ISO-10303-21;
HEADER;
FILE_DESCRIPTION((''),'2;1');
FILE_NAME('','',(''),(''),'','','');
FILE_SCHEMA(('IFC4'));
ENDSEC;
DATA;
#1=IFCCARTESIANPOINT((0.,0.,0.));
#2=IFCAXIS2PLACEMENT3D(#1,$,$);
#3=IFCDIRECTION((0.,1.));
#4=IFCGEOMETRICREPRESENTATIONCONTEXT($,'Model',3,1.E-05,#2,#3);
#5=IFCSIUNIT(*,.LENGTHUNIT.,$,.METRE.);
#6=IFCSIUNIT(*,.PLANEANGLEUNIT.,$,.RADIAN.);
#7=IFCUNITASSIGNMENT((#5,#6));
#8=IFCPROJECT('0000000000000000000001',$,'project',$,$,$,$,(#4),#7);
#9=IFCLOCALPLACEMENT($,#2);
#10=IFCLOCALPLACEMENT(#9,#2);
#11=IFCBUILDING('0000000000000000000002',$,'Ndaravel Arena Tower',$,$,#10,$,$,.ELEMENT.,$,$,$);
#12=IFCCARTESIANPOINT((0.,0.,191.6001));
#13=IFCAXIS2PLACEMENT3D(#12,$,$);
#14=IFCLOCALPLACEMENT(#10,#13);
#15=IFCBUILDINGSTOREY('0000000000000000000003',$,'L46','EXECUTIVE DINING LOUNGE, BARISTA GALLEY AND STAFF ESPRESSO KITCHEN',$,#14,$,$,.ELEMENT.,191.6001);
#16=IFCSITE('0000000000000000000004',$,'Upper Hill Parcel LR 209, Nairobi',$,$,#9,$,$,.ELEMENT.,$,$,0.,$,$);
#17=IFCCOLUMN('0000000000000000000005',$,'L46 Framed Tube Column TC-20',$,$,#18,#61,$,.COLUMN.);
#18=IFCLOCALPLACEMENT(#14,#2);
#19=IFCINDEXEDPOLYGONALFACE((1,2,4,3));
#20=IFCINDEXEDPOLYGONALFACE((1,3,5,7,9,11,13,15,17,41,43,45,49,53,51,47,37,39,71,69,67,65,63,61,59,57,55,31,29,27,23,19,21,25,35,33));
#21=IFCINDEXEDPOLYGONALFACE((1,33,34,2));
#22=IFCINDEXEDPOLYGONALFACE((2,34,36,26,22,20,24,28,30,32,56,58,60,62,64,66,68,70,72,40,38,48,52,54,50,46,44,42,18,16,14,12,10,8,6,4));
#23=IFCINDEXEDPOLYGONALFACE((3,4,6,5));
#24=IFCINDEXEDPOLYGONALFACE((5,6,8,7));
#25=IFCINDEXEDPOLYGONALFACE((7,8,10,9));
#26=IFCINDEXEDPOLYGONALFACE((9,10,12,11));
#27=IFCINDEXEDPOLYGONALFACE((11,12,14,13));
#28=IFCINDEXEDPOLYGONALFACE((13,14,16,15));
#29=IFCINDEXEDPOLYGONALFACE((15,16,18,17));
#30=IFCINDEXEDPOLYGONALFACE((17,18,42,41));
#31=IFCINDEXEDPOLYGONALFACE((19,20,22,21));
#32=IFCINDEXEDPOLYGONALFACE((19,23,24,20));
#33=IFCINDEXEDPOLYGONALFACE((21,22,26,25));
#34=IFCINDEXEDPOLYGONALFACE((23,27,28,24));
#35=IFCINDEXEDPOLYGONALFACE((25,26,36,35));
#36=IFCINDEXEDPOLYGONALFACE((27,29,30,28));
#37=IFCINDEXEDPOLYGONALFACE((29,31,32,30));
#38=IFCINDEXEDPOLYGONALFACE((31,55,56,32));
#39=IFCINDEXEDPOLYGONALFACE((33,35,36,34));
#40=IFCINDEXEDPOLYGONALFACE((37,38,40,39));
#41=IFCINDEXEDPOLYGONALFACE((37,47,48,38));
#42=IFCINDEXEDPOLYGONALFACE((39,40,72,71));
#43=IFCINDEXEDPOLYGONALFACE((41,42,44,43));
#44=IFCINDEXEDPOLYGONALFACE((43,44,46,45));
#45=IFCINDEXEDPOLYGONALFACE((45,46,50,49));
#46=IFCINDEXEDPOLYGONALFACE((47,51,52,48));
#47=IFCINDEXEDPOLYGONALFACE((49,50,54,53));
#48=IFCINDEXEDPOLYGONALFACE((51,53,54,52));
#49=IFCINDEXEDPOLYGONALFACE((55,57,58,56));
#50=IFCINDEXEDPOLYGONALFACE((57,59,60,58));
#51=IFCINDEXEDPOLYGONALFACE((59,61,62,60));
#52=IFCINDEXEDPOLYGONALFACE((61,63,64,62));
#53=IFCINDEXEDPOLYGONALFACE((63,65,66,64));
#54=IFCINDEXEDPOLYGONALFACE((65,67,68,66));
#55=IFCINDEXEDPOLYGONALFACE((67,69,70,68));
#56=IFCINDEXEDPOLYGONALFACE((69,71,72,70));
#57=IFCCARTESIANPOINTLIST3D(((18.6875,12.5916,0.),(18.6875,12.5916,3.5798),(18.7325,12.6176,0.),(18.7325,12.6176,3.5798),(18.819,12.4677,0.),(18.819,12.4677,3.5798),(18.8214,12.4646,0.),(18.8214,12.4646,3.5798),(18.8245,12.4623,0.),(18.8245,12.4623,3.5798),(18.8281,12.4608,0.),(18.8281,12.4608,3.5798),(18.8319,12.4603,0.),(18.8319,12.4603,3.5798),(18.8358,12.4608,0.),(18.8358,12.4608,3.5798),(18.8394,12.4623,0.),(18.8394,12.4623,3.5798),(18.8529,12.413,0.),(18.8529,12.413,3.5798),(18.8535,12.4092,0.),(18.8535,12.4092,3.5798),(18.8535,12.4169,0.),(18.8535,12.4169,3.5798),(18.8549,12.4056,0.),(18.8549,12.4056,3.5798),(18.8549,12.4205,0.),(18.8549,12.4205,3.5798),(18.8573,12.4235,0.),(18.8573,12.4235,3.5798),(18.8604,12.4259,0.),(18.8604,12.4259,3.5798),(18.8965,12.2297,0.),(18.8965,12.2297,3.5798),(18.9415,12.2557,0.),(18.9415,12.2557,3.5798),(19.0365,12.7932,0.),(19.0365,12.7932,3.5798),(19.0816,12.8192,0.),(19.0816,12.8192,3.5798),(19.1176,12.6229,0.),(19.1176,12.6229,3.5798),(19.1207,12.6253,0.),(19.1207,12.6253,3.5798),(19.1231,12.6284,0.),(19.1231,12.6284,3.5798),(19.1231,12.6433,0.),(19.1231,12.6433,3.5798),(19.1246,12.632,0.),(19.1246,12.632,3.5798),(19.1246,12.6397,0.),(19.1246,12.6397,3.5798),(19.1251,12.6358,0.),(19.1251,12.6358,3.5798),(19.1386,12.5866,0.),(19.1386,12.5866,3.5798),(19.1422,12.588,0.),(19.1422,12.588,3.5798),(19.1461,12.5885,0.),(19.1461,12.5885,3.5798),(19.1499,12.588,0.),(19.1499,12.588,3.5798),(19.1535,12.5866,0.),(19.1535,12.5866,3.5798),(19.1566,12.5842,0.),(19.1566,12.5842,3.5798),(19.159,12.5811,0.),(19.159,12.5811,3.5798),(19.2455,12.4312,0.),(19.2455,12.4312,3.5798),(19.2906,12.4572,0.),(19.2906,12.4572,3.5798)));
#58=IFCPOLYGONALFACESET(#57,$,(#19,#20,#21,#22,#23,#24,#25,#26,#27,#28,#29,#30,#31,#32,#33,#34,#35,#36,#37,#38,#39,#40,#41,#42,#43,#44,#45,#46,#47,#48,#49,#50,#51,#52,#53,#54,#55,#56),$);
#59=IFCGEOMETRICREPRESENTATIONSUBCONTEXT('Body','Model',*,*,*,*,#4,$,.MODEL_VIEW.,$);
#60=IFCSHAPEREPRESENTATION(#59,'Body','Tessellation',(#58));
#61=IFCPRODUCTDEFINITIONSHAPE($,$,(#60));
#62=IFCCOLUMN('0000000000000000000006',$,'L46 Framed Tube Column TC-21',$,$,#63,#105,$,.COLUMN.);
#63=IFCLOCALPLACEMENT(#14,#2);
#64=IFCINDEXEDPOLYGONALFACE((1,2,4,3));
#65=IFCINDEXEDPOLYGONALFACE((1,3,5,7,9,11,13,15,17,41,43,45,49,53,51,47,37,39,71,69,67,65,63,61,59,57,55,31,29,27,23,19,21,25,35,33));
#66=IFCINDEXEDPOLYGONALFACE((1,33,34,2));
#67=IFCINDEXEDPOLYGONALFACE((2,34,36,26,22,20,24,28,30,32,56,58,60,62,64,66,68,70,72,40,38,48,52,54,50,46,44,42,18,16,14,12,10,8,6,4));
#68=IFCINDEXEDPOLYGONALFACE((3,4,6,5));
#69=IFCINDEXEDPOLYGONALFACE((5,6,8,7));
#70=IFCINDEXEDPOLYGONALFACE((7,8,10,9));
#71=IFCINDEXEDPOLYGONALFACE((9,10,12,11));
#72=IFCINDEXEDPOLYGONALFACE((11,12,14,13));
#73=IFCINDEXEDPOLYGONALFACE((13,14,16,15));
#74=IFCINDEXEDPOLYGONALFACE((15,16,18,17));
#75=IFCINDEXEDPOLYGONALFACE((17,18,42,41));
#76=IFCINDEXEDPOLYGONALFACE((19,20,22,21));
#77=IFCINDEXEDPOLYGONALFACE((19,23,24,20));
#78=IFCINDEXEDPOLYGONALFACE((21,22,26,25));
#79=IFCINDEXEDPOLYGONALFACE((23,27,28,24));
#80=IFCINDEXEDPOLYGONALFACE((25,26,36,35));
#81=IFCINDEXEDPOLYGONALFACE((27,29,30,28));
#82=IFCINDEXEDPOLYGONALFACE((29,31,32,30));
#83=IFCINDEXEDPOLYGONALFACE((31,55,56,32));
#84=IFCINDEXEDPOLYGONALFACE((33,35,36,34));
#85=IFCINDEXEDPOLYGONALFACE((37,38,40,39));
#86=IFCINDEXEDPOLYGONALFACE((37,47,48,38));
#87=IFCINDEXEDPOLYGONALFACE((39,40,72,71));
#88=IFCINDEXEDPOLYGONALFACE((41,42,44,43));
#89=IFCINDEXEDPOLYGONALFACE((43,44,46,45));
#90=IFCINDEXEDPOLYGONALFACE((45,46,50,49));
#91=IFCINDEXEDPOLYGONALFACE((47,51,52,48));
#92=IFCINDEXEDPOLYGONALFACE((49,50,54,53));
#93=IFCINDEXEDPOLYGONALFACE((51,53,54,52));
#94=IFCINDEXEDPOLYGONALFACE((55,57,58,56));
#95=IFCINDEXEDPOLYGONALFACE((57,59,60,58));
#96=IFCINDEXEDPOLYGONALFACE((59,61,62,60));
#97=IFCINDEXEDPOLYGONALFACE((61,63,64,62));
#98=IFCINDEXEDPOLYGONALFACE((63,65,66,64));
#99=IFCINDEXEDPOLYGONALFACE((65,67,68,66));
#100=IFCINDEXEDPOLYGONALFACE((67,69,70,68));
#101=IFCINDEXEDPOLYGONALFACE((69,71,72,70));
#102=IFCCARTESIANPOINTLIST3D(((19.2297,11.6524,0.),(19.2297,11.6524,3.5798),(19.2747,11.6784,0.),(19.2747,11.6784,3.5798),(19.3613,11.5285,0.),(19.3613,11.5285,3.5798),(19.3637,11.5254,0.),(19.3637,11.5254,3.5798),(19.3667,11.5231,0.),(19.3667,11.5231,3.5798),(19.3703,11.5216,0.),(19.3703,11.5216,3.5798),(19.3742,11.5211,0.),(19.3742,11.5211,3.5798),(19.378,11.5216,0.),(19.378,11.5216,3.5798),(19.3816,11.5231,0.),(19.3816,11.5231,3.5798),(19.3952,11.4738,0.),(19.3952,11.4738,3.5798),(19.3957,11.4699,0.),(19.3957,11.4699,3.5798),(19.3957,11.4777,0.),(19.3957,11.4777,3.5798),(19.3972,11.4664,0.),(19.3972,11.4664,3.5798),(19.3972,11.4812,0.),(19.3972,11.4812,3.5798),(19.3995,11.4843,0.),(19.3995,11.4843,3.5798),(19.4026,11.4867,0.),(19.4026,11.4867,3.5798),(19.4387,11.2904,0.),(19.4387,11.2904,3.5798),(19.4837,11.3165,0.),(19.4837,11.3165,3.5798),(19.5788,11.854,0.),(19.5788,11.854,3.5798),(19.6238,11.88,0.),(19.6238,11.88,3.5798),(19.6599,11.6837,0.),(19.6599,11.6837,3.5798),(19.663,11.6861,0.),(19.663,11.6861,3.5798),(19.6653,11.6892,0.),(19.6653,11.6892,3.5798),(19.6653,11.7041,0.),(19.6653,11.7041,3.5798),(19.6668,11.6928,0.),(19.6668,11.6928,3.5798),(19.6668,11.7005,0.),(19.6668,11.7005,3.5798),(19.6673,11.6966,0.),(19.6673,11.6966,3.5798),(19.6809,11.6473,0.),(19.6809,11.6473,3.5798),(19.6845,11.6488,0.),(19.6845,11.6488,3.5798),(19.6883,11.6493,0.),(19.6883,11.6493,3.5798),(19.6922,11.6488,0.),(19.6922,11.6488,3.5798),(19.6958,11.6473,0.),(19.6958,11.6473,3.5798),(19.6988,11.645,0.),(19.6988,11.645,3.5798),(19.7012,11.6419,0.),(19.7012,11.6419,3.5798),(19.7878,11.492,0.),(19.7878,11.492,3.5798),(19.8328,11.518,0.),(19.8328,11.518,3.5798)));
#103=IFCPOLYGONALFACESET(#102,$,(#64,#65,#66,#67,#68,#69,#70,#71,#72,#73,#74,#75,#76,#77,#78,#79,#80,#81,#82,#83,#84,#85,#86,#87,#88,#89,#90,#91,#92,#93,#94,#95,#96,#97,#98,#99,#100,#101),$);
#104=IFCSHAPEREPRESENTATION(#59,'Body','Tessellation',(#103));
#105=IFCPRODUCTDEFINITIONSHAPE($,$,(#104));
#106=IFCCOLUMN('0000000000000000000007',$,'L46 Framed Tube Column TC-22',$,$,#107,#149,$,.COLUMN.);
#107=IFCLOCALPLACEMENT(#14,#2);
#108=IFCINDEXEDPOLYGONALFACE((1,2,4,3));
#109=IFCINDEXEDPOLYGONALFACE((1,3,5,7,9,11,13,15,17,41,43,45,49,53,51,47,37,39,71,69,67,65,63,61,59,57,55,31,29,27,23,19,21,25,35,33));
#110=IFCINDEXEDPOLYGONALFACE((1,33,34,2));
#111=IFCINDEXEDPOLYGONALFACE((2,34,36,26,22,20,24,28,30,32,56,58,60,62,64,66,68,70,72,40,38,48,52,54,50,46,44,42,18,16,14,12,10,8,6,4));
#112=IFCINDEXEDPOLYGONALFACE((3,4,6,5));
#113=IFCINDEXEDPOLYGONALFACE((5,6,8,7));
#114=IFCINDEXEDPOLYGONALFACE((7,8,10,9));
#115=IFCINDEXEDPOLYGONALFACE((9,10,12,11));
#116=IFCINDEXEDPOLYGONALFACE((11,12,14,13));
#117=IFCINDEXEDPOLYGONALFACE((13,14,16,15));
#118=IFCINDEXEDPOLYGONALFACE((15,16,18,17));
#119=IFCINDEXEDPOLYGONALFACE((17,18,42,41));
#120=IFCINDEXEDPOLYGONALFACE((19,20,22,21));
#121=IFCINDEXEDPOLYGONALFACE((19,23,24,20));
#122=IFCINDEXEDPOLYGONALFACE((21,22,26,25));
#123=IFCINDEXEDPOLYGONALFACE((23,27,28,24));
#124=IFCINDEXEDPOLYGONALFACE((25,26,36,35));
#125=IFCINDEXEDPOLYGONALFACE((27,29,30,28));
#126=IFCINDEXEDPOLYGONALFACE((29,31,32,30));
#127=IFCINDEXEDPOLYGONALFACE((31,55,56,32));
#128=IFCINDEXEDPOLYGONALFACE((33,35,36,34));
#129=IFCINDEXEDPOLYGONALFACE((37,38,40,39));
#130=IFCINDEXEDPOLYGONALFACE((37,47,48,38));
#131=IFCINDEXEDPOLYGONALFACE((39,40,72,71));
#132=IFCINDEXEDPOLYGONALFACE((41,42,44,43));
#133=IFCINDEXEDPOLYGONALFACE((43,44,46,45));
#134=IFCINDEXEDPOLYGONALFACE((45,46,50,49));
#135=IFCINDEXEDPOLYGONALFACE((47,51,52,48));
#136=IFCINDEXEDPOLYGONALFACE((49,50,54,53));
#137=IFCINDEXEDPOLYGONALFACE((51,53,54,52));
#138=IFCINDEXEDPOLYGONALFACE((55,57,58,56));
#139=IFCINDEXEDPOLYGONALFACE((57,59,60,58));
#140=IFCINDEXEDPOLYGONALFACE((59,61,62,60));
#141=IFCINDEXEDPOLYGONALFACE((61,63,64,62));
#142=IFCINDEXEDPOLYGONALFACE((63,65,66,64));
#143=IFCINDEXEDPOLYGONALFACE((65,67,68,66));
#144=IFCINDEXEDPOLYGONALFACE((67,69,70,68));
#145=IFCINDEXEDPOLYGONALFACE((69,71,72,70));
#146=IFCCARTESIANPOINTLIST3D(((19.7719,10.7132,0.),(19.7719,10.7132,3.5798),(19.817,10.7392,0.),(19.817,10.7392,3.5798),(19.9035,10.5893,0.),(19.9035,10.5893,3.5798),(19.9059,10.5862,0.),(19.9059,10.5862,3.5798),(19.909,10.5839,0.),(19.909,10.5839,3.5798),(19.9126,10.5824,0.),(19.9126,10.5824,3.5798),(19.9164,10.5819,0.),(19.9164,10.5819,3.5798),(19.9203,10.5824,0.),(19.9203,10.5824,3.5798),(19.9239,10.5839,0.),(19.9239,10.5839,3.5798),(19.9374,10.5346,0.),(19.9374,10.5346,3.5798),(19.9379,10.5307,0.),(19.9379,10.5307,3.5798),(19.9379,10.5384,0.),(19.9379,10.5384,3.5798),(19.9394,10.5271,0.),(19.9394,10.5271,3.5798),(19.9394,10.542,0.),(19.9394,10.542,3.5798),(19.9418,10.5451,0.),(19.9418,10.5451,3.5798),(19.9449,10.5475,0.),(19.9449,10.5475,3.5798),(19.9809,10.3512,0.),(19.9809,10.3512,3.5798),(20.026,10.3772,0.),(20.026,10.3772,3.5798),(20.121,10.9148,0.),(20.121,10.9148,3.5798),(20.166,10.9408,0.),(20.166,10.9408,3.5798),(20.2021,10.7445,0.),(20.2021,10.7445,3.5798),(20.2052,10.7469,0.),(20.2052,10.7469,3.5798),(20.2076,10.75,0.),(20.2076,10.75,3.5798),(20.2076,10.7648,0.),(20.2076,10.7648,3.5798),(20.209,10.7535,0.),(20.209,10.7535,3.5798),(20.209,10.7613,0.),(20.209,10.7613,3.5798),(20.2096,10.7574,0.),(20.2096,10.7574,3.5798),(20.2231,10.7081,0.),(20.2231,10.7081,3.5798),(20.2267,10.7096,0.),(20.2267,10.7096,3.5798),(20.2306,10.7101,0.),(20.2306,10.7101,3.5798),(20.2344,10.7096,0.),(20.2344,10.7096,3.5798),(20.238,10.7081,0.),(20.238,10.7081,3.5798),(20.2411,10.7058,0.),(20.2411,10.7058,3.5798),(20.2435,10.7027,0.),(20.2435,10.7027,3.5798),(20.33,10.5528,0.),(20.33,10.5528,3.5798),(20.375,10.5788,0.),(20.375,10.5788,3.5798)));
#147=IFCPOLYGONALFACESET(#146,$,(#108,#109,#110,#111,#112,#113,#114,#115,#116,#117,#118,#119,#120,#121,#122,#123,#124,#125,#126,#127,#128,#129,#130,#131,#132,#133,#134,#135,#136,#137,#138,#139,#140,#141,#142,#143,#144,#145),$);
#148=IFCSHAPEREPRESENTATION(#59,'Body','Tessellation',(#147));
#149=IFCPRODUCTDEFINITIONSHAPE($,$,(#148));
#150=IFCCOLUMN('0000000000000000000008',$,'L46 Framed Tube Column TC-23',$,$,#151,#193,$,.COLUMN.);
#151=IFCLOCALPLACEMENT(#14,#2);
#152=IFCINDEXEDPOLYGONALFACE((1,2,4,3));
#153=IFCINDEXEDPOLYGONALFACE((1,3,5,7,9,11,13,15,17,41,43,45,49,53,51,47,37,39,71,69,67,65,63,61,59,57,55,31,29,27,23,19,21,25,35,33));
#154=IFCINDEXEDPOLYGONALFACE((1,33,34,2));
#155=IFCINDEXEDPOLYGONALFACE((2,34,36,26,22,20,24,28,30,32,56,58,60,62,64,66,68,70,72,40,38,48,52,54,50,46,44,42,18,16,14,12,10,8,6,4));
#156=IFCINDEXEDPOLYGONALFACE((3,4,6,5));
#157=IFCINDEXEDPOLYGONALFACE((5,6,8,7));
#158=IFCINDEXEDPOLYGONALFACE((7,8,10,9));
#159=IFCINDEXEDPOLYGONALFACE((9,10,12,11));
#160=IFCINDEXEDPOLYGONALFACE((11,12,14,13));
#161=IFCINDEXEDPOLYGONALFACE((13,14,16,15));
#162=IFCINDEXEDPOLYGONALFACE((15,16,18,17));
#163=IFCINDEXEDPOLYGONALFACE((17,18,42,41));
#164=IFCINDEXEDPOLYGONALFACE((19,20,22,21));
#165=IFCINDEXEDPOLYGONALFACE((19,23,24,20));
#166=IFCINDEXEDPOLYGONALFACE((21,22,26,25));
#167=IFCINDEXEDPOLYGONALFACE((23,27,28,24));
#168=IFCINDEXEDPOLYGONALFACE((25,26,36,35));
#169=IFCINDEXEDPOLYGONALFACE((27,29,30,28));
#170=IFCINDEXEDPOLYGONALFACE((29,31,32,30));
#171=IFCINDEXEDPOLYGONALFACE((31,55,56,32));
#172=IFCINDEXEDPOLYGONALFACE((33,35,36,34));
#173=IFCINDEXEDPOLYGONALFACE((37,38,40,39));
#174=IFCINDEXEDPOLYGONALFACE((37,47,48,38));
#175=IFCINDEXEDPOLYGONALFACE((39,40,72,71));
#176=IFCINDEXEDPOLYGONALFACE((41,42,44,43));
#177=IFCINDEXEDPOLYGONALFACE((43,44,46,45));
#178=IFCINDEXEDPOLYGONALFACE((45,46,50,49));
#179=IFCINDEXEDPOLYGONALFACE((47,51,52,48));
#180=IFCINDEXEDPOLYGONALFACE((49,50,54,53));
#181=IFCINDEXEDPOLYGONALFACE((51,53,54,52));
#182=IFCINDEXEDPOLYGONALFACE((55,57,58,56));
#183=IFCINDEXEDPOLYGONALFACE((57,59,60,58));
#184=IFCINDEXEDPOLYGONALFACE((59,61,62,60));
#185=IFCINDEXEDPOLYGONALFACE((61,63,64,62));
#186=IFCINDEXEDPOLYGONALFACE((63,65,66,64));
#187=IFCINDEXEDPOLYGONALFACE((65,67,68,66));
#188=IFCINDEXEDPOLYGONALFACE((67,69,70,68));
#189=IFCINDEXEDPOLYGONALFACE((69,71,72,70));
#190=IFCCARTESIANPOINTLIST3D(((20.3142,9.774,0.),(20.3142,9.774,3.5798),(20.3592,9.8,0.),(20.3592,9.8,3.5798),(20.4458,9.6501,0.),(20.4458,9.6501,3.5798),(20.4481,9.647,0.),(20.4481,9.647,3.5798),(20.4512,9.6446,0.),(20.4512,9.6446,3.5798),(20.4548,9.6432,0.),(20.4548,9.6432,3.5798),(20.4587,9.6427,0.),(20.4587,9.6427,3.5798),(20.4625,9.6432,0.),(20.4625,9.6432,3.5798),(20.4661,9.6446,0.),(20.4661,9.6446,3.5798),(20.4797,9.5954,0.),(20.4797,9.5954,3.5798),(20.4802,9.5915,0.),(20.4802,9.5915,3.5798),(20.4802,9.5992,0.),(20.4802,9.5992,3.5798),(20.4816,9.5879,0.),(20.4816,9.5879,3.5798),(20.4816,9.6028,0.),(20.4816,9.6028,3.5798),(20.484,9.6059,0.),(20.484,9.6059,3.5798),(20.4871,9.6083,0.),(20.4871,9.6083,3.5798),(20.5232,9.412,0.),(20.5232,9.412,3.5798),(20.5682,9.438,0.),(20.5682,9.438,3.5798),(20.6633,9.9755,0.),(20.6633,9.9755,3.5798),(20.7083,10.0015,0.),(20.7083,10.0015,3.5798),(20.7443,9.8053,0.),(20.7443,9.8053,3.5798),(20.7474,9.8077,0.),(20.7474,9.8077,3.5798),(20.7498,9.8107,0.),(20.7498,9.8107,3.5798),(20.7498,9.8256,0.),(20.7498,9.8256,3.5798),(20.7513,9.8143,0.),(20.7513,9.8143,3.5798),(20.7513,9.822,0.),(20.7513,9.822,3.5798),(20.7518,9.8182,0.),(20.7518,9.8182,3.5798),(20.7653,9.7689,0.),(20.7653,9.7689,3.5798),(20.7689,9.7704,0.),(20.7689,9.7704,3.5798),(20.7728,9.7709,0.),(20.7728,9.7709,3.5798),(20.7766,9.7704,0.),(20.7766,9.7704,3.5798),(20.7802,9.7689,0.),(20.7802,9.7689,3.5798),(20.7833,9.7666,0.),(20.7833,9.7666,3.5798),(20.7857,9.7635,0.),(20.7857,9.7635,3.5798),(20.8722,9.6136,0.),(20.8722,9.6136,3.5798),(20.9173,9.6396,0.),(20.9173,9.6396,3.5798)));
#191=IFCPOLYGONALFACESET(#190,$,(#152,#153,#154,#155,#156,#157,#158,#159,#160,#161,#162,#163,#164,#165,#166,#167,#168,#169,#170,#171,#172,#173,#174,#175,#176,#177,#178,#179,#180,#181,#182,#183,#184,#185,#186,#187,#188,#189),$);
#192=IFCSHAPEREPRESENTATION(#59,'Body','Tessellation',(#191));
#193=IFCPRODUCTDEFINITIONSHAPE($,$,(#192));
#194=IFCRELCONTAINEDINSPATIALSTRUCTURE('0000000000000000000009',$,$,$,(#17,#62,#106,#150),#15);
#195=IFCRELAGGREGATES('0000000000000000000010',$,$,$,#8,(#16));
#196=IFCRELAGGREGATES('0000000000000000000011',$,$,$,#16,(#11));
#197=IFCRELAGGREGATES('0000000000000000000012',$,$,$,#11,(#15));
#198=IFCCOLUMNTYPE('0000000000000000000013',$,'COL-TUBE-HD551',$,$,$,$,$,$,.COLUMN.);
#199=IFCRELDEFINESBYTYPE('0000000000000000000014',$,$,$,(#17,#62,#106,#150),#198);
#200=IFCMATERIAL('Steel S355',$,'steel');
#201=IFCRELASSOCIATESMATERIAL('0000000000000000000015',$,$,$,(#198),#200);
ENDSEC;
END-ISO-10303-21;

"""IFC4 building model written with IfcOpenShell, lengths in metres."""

from ifc_helpers import new_model, si_unit, direction, frame, origin, origin_2d, place, context, subcontext, project, spatial, i_section, extrude, material, material_profile, profile_set, type_object, element, save


model = new_model("IFC4")

# Units and contexts
model_context = context("Model", 3, precision=1e-05, world=origin(), true_north=direction((0.0, 1.0)))
body_context = subcontext(model_context, "Body", "Model", "MODEL_VIEW")
ifc_project = project(units=[si_unit("LENGTHUNIT", "METRE"), si_unit("PLANEANGLEUNIT", "RADIAN")], contexts=[model_context])

# Site, building, storey
site_placement = place(None, origin())
site = spatial("IfcSite", under=ifc_project, at=site_placement, Name="Upper Hill Parcel LR 209, Nairobi", CompositionType="ELEMENT", RefElevation=0.0)
building_placement = place(site_placement, origin())
building = spatial("IfcBuilding", under=site, at=building_placement, Name="Ndaravel Arena Tower", CompositionType="ELEMENT")
storey_placement = place(building_placement, frame((0.0, 0.0, 191.6001)))
storey = spatial("IfcBuildingStorey", under=building, at=storey_placement, Name="L46", Description="EXECUTIVE DINING LOUNGE, BARISTA GALLEY AND STAFF ESPRESSO KITCHEN", CompositionType="ELEMENT", Elevation=191.6001)

# Columns
ifc_material_1 = material(Name="Steel S355", Category="steel")
ifc_material_profile_1 = material_profile(ifc_material_1, i_section(OverallWidth=0.418, OverallDepth=0.4551, WebThickness=0.042, FlangeThickness=0.052, FilletRadius=0.0149, at=origin_2d()), Name="HD 400x551")
ifc_profile_set_1 = profile_set([ifc_material_profile_1], Name="Steel S355")
column_type = type_object("IfcColumnType", Name="COL-TUBE-HD551", PredefinedType="COLUMN", material=ifc_profile_set_1)
for number, where, z_axis, x_axis, name in (
    (1, (18.989, 12.5244, 0.0), (0.0, 0.0, 1.0), (-0.5, 0.866025, 0.0), "L46 Framed Tube Column TC-20"),
    (2, (19.5312, 11.5852, 0.0), (0.0, 0.0, 1.0), (-0.5, 0.866025, 0.0), "L46 Framed Tube Column TC-21"),
    (3, (20.0735, 10.646, 0.0), (0.0, 0.0, 1.0), (-0.5, 0.866025, 0.0), "L46 Framed Tube Column TC-22"),
    (4, (20.6157, 9.7068, 0.0), (0.0, 0.0, 1.0), (-0.5, 0.866025, 0.0), "L46 Framed Tube Column TC-23"),
):
    element("IfcColumn", number, at=place(storey_placement, frame(where, z_axis=z_axis, x_axis=x_axis)), inside=storey, type_object=column_type, Name=name, PredefinedType="COLUMN", context=body_context, shape_type="SweptSolid", body=[
        extrude(i_section(OverallWidth=0.418, OverallDepth=0.4551, WebThickness=0.042, FlangeThickness=0.052, FilletRadius=0.0149, at=origin_2d()), origin(), (0.0, 0.0, 1.0), 3.5798),
    ])

save(model, "model.ifc")
